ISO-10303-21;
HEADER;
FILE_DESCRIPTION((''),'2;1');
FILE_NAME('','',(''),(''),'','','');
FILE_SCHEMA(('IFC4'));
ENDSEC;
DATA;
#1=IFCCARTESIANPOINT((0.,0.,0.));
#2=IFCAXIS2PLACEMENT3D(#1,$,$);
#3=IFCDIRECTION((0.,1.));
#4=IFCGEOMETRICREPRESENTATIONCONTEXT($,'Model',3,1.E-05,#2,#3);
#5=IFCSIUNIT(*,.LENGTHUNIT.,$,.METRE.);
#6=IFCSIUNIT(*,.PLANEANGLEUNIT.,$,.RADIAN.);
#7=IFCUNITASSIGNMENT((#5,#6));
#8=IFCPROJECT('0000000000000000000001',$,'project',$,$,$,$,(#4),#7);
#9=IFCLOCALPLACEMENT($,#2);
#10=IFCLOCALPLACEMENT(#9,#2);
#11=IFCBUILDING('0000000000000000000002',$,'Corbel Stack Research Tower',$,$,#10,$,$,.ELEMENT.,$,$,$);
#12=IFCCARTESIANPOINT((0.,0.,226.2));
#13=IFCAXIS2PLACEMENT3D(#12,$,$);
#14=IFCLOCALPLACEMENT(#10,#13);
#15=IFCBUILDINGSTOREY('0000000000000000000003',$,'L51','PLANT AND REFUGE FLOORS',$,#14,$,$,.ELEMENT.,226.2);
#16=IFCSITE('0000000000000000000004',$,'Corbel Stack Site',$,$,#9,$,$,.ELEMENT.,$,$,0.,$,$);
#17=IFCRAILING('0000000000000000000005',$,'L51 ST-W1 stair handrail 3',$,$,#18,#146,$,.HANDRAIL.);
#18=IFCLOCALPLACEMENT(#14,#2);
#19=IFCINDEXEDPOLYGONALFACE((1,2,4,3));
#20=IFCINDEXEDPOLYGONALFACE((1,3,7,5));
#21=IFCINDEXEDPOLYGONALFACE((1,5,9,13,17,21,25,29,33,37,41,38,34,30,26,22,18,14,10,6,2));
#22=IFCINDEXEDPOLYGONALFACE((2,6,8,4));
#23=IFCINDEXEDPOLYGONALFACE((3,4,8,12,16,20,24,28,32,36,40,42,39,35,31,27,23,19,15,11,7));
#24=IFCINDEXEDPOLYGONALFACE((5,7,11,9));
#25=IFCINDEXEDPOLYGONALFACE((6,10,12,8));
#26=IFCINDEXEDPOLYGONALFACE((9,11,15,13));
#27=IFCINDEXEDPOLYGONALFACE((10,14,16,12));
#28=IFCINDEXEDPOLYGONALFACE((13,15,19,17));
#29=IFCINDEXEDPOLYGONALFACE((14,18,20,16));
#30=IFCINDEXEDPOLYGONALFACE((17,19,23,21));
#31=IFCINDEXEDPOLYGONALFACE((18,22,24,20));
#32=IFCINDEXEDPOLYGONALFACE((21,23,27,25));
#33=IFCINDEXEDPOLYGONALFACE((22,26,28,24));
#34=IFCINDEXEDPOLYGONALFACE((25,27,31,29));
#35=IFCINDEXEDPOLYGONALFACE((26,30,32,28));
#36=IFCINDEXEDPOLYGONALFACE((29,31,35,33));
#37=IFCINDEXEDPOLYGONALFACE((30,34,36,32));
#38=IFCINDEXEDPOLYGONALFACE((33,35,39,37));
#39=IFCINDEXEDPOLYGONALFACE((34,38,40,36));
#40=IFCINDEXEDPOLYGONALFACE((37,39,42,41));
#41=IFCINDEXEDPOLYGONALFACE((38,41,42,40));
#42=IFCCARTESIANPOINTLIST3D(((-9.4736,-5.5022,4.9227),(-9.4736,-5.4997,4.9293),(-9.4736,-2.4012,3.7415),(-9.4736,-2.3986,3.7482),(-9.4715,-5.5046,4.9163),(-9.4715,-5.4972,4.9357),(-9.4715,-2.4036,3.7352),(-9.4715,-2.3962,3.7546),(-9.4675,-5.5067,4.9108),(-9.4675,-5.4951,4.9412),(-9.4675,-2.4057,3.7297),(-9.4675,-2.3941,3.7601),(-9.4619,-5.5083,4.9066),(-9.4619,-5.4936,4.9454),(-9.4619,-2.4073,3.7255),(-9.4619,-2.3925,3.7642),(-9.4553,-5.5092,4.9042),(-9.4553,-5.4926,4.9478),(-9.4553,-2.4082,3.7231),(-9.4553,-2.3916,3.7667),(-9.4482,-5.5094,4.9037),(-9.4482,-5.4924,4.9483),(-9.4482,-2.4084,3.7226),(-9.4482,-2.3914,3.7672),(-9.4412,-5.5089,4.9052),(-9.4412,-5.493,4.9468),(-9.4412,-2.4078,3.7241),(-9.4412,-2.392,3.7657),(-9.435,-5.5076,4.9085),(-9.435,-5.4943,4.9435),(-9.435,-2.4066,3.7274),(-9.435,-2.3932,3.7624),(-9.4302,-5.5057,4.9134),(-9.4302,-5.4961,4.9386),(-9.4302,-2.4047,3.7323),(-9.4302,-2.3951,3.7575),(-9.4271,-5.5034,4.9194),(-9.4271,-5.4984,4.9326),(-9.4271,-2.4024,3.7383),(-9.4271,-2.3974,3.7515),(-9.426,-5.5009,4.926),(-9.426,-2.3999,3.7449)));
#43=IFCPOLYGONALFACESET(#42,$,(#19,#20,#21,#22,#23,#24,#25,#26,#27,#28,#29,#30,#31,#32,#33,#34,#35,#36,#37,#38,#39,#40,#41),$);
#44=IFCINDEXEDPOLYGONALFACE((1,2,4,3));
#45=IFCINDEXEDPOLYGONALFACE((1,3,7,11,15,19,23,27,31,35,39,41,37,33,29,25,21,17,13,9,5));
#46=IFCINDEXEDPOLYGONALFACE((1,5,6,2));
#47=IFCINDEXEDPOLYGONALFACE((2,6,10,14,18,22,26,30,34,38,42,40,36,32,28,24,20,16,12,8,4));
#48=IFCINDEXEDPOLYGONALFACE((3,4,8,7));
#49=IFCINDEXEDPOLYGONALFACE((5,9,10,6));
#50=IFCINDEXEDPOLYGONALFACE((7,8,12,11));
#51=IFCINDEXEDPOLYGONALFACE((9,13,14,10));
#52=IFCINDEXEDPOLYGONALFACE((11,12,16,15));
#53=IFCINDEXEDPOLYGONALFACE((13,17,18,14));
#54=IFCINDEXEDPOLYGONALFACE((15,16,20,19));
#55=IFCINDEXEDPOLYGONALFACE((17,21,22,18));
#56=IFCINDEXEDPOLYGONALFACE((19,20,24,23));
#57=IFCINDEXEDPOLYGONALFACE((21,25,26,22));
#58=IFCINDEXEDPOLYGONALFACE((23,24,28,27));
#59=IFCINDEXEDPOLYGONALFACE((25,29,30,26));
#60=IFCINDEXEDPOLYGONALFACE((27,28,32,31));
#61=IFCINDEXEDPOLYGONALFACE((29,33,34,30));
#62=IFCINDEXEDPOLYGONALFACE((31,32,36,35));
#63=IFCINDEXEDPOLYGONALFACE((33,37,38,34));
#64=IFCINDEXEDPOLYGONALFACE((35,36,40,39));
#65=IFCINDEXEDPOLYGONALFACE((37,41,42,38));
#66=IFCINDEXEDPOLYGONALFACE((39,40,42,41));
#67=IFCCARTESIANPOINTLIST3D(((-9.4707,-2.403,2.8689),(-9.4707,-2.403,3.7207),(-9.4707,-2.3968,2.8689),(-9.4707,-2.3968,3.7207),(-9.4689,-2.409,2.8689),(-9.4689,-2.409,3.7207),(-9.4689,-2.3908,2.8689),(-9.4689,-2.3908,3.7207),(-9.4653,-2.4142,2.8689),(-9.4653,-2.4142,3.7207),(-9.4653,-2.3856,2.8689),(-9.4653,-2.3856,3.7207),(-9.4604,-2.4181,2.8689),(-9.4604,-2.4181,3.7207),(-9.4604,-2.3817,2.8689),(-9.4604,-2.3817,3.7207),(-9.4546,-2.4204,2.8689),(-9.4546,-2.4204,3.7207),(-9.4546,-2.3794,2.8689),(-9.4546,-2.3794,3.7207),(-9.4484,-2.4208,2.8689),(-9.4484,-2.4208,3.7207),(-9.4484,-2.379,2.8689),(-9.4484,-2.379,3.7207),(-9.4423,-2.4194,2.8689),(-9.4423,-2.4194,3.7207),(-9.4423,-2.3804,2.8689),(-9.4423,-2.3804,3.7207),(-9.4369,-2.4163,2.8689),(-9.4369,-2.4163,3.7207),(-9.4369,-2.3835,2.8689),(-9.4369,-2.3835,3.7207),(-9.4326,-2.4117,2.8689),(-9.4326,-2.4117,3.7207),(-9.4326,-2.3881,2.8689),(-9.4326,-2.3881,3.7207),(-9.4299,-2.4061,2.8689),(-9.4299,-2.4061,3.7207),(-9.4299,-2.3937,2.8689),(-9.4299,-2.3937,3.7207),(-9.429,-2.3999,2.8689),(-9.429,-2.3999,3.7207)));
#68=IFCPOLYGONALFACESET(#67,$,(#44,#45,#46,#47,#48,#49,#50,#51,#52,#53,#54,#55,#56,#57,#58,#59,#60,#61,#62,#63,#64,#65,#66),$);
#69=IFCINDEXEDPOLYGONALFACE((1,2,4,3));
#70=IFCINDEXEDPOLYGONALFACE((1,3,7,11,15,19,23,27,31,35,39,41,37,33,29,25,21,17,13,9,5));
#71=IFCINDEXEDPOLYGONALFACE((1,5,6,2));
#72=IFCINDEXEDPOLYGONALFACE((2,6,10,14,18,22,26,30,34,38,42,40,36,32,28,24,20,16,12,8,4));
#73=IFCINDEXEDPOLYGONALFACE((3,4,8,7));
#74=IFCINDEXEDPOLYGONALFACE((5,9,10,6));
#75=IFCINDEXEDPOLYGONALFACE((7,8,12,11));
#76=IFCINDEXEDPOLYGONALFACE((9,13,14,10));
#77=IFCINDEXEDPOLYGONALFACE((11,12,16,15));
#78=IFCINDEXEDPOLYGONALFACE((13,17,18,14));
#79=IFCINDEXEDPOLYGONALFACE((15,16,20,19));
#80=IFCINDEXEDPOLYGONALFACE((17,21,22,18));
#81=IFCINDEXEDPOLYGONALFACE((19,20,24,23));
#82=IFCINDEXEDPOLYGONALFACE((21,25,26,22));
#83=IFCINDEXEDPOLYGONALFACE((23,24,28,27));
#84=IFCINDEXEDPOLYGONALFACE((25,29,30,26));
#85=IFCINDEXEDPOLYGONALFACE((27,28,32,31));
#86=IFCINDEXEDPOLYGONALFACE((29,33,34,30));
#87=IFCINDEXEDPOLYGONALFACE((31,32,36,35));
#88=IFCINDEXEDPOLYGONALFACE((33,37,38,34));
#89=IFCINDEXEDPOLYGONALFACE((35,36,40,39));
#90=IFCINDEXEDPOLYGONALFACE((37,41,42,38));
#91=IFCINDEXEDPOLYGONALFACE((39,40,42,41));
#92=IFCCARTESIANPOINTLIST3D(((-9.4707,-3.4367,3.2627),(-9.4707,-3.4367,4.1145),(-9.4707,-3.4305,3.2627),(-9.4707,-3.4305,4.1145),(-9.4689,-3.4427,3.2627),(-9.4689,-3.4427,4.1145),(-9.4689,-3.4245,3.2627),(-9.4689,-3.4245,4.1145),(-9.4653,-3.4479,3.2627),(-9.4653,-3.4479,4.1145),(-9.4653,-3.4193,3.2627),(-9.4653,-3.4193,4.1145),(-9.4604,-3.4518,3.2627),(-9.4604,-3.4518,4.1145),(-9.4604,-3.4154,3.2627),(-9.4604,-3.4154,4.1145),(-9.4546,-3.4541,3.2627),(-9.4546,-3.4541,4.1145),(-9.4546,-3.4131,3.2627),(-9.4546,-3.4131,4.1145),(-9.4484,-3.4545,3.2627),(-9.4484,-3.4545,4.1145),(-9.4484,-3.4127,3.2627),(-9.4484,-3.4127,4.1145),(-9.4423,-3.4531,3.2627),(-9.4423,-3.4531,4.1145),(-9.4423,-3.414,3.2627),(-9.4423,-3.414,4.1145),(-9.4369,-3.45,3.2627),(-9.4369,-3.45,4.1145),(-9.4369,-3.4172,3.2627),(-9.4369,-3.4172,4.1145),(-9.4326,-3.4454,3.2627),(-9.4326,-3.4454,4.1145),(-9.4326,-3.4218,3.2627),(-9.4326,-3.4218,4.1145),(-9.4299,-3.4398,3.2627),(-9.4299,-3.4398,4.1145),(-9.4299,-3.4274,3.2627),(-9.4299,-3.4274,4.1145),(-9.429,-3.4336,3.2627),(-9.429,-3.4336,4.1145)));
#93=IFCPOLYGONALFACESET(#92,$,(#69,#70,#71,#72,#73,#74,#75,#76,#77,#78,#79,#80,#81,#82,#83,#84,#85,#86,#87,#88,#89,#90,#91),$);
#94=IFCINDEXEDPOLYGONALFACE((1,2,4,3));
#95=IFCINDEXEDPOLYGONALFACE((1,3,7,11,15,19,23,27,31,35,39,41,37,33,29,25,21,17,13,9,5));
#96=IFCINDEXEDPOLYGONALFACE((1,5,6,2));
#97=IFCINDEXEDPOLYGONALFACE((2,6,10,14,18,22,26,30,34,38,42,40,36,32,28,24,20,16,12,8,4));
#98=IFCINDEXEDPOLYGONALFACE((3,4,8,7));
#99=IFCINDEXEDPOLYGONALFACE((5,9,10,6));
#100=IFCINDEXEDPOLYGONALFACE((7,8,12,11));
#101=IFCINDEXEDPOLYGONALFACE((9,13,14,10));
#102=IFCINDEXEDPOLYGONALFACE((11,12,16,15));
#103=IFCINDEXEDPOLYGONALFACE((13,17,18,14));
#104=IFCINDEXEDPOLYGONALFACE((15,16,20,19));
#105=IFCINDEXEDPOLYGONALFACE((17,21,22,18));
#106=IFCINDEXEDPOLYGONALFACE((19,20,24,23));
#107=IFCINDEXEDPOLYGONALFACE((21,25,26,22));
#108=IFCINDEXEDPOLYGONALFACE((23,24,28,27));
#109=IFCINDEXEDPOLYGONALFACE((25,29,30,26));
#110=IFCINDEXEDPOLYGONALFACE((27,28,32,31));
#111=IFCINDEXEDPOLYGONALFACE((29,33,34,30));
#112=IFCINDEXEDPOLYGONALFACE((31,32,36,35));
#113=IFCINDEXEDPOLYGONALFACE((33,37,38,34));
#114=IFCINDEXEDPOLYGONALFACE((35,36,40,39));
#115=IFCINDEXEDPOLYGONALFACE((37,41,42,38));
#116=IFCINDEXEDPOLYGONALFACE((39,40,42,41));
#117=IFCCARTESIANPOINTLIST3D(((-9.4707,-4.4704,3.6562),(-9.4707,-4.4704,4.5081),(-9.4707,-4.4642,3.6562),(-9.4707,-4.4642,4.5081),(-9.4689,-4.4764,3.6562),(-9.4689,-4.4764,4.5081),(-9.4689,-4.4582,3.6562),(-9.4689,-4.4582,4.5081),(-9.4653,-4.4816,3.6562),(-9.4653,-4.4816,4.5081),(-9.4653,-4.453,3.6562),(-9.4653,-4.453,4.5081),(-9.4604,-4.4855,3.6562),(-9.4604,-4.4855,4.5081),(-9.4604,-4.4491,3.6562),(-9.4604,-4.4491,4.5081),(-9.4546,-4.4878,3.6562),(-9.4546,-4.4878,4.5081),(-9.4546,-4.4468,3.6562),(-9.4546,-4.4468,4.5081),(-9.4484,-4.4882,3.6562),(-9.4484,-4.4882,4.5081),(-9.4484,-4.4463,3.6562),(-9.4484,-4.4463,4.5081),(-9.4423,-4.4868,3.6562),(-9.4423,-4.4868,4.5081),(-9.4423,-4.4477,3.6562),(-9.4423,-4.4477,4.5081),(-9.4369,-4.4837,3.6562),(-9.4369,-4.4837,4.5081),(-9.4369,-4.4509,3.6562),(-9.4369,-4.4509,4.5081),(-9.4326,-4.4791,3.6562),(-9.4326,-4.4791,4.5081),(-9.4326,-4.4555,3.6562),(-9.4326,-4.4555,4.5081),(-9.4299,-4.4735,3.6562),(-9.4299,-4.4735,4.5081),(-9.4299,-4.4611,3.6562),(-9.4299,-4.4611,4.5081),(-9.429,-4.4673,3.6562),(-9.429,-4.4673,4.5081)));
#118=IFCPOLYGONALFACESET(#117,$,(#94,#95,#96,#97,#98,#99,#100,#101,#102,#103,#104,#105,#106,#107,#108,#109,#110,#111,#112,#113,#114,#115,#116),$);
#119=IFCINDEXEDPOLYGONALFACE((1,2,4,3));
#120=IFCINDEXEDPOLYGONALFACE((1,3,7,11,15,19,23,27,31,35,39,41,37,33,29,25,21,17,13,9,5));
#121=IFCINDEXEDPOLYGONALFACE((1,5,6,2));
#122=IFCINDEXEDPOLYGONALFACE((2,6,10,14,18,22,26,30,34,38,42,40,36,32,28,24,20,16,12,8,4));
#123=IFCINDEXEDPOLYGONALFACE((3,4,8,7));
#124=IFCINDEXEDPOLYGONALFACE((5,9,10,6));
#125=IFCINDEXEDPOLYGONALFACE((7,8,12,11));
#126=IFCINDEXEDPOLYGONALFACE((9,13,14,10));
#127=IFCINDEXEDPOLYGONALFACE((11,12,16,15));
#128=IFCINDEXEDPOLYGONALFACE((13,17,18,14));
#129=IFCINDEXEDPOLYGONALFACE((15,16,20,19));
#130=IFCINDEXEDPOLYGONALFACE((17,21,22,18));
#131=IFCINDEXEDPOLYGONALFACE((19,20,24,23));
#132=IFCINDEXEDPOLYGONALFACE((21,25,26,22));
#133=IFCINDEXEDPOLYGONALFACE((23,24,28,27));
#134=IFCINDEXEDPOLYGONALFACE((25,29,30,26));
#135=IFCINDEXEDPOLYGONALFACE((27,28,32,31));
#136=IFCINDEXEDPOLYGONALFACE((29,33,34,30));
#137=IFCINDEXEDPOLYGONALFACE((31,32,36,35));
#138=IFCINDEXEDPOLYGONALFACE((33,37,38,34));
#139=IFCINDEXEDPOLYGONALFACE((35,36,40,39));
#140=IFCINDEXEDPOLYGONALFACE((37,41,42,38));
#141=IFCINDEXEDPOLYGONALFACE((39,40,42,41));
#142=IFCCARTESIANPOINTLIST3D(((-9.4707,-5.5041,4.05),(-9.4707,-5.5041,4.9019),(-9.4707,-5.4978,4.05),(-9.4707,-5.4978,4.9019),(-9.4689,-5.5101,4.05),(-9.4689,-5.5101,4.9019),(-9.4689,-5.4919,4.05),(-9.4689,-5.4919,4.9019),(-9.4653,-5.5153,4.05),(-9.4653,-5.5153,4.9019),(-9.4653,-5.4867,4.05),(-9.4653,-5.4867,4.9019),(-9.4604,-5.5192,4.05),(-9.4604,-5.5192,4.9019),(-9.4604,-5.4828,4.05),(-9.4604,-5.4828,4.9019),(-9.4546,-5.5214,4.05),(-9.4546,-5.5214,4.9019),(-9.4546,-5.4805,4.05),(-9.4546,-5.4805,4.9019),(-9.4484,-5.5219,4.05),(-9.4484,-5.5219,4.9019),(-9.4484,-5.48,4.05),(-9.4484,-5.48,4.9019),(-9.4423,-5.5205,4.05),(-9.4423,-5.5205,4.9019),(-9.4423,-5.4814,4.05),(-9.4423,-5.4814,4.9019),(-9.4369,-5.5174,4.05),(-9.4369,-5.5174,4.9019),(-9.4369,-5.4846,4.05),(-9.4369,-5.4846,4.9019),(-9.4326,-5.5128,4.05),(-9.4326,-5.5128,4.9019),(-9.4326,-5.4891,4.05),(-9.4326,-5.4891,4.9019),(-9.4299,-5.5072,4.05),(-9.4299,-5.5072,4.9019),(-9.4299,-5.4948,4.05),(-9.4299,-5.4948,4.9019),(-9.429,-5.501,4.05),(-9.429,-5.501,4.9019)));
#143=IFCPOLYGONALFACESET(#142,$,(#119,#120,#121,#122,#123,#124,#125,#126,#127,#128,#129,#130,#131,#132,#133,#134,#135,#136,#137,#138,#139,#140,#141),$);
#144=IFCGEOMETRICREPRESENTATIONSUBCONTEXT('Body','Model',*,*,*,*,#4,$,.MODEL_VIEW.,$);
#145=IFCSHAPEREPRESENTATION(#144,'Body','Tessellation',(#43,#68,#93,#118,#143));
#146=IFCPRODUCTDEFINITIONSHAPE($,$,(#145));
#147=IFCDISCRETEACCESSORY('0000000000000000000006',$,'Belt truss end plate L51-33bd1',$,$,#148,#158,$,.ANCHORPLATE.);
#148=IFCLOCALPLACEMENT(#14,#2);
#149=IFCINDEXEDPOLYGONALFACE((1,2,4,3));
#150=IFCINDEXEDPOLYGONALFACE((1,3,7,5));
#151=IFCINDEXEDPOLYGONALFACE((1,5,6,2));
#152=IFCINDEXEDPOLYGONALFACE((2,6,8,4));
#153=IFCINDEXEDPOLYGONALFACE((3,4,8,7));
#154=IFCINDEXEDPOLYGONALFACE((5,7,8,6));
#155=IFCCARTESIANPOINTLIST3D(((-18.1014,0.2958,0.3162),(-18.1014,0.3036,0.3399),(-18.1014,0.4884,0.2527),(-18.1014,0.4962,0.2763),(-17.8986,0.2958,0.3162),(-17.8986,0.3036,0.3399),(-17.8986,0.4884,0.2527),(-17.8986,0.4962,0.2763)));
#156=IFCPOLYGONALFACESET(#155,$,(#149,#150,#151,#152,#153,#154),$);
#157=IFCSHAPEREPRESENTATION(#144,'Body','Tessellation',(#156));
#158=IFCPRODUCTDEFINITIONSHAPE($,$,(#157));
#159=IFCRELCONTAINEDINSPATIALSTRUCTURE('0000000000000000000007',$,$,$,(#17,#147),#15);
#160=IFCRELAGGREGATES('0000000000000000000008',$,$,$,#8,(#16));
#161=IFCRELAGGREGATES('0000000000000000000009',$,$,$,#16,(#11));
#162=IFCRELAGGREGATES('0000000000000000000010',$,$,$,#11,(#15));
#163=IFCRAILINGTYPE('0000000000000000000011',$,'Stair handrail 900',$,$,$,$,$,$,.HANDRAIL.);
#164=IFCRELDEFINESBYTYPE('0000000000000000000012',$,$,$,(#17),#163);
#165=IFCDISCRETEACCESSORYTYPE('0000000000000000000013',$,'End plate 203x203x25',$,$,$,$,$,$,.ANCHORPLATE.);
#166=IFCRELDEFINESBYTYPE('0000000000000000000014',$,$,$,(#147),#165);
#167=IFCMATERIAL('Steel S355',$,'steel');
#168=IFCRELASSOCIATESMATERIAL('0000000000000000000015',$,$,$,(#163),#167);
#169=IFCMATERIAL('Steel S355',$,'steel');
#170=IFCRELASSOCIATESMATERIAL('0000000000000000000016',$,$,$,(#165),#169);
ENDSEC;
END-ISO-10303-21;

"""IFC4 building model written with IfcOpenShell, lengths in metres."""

from ifc_helpers import new_model, si_unit, direction, frame, origin, origin_2d, place, context, subcontext, project, spatial, rectangle, circle, extrude, material, material_profile, profile_set, type_object, element, save


model = new_model("IFC4")

# Units and contexts
model_context = context("Model", 3, precision=1e-05, world=origin(), true_north=direction((0.0, 1.0)))
body_context = subcontext(model_context, "Body", "Model", "MODEL_VIEW")
ifc_project = project(units=[si_unit("LENGTHUNIT", "METRE"), si_unit("PLANEANGLEUNIT", "RADIAN")], contexts=[model_context])

# Site, building, storey
site_placement = place(None, origin())
site = spatial("IfcSite", under=ifc_project, at=site_placement, Name="Corbel Stack Site", CompositionType="ELEMENT", RefElevation=0.0)
building_placement = place(site_placement, origin())
building = spatial("IfcBuilding", under=site, at=building_placement, Name="Corbel Stack Research Tower", CompositionType="ELEMENT")
storey_placement = place(building_placement, frame((0.0, 0.0, 226.2)))
storey = spatial("IfcBuildingStorey", under=building, at=storey_placement, Name="L51", Description="PLANT AND REFUGE FLOORS", CompositionType="ELEMENT", Elevation=226.2)

# Railing
ifc_material_1 = material(Name="Steel S355", Category="steel")
railing_type_1 = type_object("IfcRailingType", Name="Stair handrail 900", PredefinedType="HANDRAIL", material=ifc_material_1)
railing_1_placement = place(storey_placement, frame((-9.45, -2.3999, 2.8689)))
element("IfcRailing", 1, at=railing_1_placement, inside=storey, type_object=railing_type_1, Name="L51 ST-W1 stair handrail 3", PredefinedType="HANDRAIL", context=body_context, shape_type="SweptSolid", body=[
    extrude(circle(Radius=0.0239, at=origin_2d()), frame((0.0, 0.0, 0.876), z_axis=(0.0, -0.934509, 0.35594), x_axis=(1.0, 0.0, 0.0)), (0.0, 0.0, 1.0), 3.3184),
    extrude(circle(Radius=0.021, at=origin_2d()), origin(), (0.0, 0.0, 1.0), 0.8518),
    extrude(circle(Radius=0.021, at=origin_2d()), frame((0.0, -1.0337, 0.3938)), (0.0, 0.0, 1.0), 0.8518),
    extrude(circle(Radius=0.021, at=origin_2d()), frame((0.0, -2.0674, 0.7874)), (0.0, 0.0, 1.0), 0.8518),
    extrude(circle(Radius=0.021, at=origin_2d()), frame((0.0, -3.1011, 1.1812)), (0.0, 0.0, 1.0), 0.8518),
])

# Discrete accessory
ifc_material_2 = material(Name="Steel S355", Category="steel")
ifc_material_profile = material_profile(ifc_material_2, rectangle(XDim=0.2029, YDim=0.2029, at=origin_2d()), Name="End plate 203x203x25")
ifc_profile_set = profile_set([ifc_material_profile], Name="Steel S355")
discrete_accessory_type = type_object("IfcDiscreteAccessoryType", Name="End plate 203x203x25", PredefinedType="ANCHORPLATE", material=ifc_profile_set)
discrete_accessory_placement = place(storey_placement, frame((-18.0, 0.3999, 0.3081), z_axis=(0.0, -0.313289, -0.949658), x_axis=(1.0, 0.0, 0.0)))
element("IfcDiscreteAccessory", 2, at=discrete_accessory_placement, inside=storey, type_object=discrete_accessory_type, Name="Belt truss end plate L51-33bd1", PredefinedType="ANCHORPLATE", context=body_context, shape_type="SweptSolid", body=[
    extrude(rectangle(XDim=0.2029, YDim=0.2029, at=origin_2d()), origin(), (0.0, 0.0, 1.0), 0.0249),
])

save(model, "model.ifc")
